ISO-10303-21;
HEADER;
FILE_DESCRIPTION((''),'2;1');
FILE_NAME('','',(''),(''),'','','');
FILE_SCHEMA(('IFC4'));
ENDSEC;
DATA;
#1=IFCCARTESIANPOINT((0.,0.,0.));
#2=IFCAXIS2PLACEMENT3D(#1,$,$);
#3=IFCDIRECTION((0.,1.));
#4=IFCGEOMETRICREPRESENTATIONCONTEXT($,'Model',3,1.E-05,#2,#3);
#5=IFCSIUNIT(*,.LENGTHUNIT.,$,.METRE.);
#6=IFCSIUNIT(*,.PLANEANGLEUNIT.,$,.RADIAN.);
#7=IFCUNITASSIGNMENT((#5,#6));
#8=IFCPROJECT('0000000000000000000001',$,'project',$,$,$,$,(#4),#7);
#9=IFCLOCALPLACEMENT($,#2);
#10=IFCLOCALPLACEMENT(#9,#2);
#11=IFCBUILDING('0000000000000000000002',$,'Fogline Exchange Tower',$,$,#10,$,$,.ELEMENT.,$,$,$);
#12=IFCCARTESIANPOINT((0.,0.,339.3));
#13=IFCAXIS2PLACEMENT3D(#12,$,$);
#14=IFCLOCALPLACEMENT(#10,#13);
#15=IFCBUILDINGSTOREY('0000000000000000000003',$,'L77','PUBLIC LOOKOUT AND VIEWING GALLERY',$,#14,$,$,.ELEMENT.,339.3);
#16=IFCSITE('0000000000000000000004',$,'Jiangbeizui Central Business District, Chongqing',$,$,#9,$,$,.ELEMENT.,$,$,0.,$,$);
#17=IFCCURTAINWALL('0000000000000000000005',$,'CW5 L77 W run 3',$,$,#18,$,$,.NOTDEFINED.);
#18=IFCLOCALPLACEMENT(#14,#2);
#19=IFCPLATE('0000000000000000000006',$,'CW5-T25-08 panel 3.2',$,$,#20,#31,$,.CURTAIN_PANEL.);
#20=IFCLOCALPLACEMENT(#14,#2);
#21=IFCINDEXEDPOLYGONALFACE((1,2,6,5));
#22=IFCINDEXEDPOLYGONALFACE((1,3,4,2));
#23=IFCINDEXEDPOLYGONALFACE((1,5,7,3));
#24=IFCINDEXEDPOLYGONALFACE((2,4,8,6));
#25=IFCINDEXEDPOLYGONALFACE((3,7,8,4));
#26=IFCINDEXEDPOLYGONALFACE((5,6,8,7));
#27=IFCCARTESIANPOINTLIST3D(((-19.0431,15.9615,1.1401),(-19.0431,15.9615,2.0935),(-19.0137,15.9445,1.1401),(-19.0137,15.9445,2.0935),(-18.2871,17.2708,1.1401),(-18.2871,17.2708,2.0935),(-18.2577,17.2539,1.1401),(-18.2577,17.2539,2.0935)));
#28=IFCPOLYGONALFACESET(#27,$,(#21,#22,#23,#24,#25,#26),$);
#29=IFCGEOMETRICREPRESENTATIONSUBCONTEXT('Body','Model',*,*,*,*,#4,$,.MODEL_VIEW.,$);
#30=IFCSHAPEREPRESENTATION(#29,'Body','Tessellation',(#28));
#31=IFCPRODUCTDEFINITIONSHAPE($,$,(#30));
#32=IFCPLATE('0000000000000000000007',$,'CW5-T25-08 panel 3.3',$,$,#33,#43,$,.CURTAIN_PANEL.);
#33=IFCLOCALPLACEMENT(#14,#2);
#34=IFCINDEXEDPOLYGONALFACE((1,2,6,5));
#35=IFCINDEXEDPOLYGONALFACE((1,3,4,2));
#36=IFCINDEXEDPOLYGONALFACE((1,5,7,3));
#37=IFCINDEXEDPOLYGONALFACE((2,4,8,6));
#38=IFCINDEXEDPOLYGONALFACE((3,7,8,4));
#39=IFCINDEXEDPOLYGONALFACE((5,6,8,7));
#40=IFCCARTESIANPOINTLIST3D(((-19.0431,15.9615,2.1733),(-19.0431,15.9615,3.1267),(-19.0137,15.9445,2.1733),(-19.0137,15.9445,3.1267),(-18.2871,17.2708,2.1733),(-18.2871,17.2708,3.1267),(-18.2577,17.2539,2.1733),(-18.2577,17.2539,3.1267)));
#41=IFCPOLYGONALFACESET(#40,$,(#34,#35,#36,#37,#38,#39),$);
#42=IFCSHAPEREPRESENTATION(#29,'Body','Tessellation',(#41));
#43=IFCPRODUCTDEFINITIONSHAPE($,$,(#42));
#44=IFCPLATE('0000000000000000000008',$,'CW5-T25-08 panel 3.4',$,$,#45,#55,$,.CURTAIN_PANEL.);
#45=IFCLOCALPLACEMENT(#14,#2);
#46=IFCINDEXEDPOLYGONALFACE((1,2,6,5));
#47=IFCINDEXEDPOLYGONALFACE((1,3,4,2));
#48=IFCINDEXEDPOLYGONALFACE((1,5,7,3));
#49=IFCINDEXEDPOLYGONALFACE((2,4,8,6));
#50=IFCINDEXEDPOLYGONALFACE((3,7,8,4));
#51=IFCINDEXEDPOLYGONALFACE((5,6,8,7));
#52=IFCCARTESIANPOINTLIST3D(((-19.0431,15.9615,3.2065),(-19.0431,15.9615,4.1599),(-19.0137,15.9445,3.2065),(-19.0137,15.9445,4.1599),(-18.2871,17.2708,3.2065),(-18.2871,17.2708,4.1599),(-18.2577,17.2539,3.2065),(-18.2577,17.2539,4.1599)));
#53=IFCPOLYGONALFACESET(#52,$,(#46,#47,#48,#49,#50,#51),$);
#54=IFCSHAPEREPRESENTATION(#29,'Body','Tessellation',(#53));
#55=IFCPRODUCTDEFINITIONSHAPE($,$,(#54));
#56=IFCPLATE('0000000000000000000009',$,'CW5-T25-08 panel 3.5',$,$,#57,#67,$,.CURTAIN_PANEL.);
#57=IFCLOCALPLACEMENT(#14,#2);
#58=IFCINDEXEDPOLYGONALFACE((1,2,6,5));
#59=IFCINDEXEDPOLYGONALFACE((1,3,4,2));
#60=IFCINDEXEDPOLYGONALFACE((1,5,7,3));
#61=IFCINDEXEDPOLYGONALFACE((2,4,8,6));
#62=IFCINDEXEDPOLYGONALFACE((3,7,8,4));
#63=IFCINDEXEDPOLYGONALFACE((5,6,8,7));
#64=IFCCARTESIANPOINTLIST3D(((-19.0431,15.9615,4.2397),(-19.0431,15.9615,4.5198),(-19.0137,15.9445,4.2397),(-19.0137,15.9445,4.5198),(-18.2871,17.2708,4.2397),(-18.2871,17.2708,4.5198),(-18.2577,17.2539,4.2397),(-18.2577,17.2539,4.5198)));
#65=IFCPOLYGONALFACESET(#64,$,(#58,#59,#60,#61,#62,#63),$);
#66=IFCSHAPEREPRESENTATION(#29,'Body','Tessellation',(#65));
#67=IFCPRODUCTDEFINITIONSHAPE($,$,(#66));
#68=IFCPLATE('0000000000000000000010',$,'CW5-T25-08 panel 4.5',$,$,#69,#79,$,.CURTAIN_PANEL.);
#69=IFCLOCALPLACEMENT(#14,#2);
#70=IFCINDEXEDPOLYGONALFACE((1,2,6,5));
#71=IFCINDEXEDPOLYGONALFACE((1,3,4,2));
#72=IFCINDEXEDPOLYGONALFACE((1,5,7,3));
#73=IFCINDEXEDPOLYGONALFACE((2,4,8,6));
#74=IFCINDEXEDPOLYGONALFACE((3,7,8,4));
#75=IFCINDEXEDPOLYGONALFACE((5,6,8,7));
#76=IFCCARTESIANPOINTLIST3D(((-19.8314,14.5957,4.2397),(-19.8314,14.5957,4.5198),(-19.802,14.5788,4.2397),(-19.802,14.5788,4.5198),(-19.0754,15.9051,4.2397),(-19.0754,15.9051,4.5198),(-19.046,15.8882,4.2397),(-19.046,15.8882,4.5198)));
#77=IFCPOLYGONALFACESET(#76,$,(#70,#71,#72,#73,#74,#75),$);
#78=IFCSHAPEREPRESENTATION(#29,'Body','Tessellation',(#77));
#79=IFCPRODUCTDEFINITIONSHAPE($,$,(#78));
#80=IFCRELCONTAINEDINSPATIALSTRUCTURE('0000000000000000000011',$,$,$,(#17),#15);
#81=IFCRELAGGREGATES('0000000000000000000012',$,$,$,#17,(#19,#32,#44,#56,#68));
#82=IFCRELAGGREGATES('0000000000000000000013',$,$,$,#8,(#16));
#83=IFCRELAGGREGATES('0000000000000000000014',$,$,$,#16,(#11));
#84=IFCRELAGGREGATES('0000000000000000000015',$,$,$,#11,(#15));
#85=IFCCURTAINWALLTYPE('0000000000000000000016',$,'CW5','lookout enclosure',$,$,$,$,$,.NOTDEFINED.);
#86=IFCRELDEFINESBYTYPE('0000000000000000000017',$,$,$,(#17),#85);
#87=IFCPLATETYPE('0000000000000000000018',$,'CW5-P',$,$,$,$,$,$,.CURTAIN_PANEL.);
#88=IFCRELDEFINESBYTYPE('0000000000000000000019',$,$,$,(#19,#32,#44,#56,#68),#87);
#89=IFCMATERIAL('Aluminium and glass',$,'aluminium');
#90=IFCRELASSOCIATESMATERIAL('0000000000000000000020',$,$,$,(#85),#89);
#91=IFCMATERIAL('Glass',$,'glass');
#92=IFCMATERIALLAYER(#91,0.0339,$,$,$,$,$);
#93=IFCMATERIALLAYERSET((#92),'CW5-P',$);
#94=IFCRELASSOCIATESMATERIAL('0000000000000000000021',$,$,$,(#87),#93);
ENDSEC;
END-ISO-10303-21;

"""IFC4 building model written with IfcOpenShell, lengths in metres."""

from ifc_helpers import new_model, si_unit, direction, frame, origin, origin_2d, place, context, subcontext, project, spatial, rectangle, extrude, material, layer, layer_set, type_object, element, aggregate, save


model = new_model("IFC4")

# Units and contexts
model_context = context("Model", 3, precision=1e-05, world=origin(), true_north=direction((0.0, 1.0)))
body_context = subcontext(model_context, "Body", "Model", "MODEL_VIEW")
ifc_project = project(units=[si_unit("LENGTHUNIT", "METRE"), si_unit("PLANEANGLEUNIT", "RADIAN")], contexts=[model_context])

# Site, building, storey
site_placement = place(None, origin())
site = spatial("IfcSite", under=ifc_project, at=site_placement, Name="Jiangbeizui Central Business District, Chongqing", CompositionType="ELEMENT", RefElevation=0.0)
building_placement = place(site_placement, origin())
building = spatial("IfcBuilding", under=site, at=building_placement, Name="Fogline Exchange Tower", CompositionType="ELEMENT")
storey_placement = place(building_placement, frame((0.0, 0.0, 339.3)))
storey = spatial("IfcBuildingStorey", under=building, at=storey_placement, Name="L77", Description="PUBLIC LOOKOUT AND VIEWING GALLERY", CompositionType="ELEMENT", Elevation=339.3)

# Curtain wall, plates
ifc_material_1 = material(Name="Aluminium and glass", Category="aluminium")
curtain_wall_type = type_object("IfcCurtainWallType", Name="CW5", Description="lookout enclosure", PredefinedType="NOTDEFINED", material=ifc_material_1)
curtain_wall_placement = place(storey_placement, origin())
curtain_wall = element("IfcCurtainWall", 1, at=curtain_wall_placement, inside=storey, type_object=curtain_wall_type, Name="CW5 L77 W run 3", PredefinedType="NOTDEFINED")
ifc_material_2 = material(Name="Glass", Category="glass")
ifc_layer = layer(ifc_material_2, 0.0339)
ifc_layer_set = layer_set([ifc_layer], Name="CW5-P")
plate_type = type_object("IfcPlateType", Name="CW5-P", PredefinedType="CURTAIN_PANEL", material=ifc_layer_set)
plate_1_placement = place(storey_placement, frame((-18.6504, 16.6077, 1.1401), z_axis=(0.0, 0.0, 1.0), x_axis=(-0.5, -0.866025, 0.0)))
plate_1 = element("IfcPlate", 2, at=plate_1_placement, type_object=plate_type, Name="CW5-T25-08 panel 3.2", PredefinedType="CURTAIN_PANEL", context=body_context, shape_type="SweptSolid", body=[
    extrude(rectangle(XDim=1.512, YDim=0.0339, at=origin_2d()), origin(), (0.0, 0.0, 1.0), 0.9534),
])
plate_2_placement = place(storey_placement, frame((-18.6504, 16.6077, 2.1733), z_axis=(0.0, 0.0, 1.0), x_axis=(-0.5, -0.866025, 0.0)))
plate_2 = element("IfcPlate", 3, at=plate_2_placement, type_object=plate_type, Name="CW5-T25-08 panel 3.3", PredefinedType="CURTAIN_PANEL", context=body_context, shape_type="SweptSolid", body=[
    extrude(rectangle(XDim=1.512, YDim=0.0339, at=origin_2d()), origin(), (0.0, 0.0, 1.0), 0.9534),
])
plate_3_placement = place(storey_placement, frame((-18.6504, 16.6077, 3.2065), z_axis=(0.0, 0.0, 1.0), x_axis=(-0.5, -0.866025, 0.0)))
plate_3 = element("IfcPlate", 4, at=plate_3_placement, type_object=plate_type, Name="CW5-T25-08 panel 3.4", PredefinedType="CURTAIN_PANEL", context=body_context, shape_type="SweptSolid", body=[
    extrude(rectangle(XDim=1.512, YDim=0.0339, at=origin_2d()), origin(), (0.0, 0.0, 1.0), 0.9534),
])
plate_4_placement = place(storey_placement, frame((-18.6504, 16.6077, 4.2397), z_axis=(0.0, 0.0, 1.0), x_axis=(-0.5, -0.866025, 0.0)))
plate_4 = element("IfcPlate", 5, at=plate_4_placement, type_object=plate_type, Name="CW5-T25-08 panel 3.5", PredefinedType="CURTAIN_PANEL", context=body_context, shape_type="SweptSolid", body=[
    extrude(rectangle(XDim=1.512, YDim=0.0339, at=origin_2d()), origin(), (0.0, 0.0, 1.0), 0.28),
])
plate_5_placement = place(storey_placement, frame((-19.4387, 15.2419, 4.2397), z_axis=(0.0, 0.0, 1.0), x_axis=(-0.5, -0.866025, 0.0)))
plate_5 = element("IfcPlate", 6, at=plate_5_placement, type_object=plate_type, Name="CW5-T25-08 panel 4.5", PredefinedType="CURTAIN_PANEL", context=body_context, shape_type="SweptSolid", body=[
    extrude(rectangle(XDim=1.512, YDim=0.0339, at=origin_2d()), origin(), (0.0, 0.0, 1.0), 0.28),
])
aggregate(curtain_wall, [plate_1, plate_2, plate_3, plate_4, plate_5])

save(model, "model.ifc")
